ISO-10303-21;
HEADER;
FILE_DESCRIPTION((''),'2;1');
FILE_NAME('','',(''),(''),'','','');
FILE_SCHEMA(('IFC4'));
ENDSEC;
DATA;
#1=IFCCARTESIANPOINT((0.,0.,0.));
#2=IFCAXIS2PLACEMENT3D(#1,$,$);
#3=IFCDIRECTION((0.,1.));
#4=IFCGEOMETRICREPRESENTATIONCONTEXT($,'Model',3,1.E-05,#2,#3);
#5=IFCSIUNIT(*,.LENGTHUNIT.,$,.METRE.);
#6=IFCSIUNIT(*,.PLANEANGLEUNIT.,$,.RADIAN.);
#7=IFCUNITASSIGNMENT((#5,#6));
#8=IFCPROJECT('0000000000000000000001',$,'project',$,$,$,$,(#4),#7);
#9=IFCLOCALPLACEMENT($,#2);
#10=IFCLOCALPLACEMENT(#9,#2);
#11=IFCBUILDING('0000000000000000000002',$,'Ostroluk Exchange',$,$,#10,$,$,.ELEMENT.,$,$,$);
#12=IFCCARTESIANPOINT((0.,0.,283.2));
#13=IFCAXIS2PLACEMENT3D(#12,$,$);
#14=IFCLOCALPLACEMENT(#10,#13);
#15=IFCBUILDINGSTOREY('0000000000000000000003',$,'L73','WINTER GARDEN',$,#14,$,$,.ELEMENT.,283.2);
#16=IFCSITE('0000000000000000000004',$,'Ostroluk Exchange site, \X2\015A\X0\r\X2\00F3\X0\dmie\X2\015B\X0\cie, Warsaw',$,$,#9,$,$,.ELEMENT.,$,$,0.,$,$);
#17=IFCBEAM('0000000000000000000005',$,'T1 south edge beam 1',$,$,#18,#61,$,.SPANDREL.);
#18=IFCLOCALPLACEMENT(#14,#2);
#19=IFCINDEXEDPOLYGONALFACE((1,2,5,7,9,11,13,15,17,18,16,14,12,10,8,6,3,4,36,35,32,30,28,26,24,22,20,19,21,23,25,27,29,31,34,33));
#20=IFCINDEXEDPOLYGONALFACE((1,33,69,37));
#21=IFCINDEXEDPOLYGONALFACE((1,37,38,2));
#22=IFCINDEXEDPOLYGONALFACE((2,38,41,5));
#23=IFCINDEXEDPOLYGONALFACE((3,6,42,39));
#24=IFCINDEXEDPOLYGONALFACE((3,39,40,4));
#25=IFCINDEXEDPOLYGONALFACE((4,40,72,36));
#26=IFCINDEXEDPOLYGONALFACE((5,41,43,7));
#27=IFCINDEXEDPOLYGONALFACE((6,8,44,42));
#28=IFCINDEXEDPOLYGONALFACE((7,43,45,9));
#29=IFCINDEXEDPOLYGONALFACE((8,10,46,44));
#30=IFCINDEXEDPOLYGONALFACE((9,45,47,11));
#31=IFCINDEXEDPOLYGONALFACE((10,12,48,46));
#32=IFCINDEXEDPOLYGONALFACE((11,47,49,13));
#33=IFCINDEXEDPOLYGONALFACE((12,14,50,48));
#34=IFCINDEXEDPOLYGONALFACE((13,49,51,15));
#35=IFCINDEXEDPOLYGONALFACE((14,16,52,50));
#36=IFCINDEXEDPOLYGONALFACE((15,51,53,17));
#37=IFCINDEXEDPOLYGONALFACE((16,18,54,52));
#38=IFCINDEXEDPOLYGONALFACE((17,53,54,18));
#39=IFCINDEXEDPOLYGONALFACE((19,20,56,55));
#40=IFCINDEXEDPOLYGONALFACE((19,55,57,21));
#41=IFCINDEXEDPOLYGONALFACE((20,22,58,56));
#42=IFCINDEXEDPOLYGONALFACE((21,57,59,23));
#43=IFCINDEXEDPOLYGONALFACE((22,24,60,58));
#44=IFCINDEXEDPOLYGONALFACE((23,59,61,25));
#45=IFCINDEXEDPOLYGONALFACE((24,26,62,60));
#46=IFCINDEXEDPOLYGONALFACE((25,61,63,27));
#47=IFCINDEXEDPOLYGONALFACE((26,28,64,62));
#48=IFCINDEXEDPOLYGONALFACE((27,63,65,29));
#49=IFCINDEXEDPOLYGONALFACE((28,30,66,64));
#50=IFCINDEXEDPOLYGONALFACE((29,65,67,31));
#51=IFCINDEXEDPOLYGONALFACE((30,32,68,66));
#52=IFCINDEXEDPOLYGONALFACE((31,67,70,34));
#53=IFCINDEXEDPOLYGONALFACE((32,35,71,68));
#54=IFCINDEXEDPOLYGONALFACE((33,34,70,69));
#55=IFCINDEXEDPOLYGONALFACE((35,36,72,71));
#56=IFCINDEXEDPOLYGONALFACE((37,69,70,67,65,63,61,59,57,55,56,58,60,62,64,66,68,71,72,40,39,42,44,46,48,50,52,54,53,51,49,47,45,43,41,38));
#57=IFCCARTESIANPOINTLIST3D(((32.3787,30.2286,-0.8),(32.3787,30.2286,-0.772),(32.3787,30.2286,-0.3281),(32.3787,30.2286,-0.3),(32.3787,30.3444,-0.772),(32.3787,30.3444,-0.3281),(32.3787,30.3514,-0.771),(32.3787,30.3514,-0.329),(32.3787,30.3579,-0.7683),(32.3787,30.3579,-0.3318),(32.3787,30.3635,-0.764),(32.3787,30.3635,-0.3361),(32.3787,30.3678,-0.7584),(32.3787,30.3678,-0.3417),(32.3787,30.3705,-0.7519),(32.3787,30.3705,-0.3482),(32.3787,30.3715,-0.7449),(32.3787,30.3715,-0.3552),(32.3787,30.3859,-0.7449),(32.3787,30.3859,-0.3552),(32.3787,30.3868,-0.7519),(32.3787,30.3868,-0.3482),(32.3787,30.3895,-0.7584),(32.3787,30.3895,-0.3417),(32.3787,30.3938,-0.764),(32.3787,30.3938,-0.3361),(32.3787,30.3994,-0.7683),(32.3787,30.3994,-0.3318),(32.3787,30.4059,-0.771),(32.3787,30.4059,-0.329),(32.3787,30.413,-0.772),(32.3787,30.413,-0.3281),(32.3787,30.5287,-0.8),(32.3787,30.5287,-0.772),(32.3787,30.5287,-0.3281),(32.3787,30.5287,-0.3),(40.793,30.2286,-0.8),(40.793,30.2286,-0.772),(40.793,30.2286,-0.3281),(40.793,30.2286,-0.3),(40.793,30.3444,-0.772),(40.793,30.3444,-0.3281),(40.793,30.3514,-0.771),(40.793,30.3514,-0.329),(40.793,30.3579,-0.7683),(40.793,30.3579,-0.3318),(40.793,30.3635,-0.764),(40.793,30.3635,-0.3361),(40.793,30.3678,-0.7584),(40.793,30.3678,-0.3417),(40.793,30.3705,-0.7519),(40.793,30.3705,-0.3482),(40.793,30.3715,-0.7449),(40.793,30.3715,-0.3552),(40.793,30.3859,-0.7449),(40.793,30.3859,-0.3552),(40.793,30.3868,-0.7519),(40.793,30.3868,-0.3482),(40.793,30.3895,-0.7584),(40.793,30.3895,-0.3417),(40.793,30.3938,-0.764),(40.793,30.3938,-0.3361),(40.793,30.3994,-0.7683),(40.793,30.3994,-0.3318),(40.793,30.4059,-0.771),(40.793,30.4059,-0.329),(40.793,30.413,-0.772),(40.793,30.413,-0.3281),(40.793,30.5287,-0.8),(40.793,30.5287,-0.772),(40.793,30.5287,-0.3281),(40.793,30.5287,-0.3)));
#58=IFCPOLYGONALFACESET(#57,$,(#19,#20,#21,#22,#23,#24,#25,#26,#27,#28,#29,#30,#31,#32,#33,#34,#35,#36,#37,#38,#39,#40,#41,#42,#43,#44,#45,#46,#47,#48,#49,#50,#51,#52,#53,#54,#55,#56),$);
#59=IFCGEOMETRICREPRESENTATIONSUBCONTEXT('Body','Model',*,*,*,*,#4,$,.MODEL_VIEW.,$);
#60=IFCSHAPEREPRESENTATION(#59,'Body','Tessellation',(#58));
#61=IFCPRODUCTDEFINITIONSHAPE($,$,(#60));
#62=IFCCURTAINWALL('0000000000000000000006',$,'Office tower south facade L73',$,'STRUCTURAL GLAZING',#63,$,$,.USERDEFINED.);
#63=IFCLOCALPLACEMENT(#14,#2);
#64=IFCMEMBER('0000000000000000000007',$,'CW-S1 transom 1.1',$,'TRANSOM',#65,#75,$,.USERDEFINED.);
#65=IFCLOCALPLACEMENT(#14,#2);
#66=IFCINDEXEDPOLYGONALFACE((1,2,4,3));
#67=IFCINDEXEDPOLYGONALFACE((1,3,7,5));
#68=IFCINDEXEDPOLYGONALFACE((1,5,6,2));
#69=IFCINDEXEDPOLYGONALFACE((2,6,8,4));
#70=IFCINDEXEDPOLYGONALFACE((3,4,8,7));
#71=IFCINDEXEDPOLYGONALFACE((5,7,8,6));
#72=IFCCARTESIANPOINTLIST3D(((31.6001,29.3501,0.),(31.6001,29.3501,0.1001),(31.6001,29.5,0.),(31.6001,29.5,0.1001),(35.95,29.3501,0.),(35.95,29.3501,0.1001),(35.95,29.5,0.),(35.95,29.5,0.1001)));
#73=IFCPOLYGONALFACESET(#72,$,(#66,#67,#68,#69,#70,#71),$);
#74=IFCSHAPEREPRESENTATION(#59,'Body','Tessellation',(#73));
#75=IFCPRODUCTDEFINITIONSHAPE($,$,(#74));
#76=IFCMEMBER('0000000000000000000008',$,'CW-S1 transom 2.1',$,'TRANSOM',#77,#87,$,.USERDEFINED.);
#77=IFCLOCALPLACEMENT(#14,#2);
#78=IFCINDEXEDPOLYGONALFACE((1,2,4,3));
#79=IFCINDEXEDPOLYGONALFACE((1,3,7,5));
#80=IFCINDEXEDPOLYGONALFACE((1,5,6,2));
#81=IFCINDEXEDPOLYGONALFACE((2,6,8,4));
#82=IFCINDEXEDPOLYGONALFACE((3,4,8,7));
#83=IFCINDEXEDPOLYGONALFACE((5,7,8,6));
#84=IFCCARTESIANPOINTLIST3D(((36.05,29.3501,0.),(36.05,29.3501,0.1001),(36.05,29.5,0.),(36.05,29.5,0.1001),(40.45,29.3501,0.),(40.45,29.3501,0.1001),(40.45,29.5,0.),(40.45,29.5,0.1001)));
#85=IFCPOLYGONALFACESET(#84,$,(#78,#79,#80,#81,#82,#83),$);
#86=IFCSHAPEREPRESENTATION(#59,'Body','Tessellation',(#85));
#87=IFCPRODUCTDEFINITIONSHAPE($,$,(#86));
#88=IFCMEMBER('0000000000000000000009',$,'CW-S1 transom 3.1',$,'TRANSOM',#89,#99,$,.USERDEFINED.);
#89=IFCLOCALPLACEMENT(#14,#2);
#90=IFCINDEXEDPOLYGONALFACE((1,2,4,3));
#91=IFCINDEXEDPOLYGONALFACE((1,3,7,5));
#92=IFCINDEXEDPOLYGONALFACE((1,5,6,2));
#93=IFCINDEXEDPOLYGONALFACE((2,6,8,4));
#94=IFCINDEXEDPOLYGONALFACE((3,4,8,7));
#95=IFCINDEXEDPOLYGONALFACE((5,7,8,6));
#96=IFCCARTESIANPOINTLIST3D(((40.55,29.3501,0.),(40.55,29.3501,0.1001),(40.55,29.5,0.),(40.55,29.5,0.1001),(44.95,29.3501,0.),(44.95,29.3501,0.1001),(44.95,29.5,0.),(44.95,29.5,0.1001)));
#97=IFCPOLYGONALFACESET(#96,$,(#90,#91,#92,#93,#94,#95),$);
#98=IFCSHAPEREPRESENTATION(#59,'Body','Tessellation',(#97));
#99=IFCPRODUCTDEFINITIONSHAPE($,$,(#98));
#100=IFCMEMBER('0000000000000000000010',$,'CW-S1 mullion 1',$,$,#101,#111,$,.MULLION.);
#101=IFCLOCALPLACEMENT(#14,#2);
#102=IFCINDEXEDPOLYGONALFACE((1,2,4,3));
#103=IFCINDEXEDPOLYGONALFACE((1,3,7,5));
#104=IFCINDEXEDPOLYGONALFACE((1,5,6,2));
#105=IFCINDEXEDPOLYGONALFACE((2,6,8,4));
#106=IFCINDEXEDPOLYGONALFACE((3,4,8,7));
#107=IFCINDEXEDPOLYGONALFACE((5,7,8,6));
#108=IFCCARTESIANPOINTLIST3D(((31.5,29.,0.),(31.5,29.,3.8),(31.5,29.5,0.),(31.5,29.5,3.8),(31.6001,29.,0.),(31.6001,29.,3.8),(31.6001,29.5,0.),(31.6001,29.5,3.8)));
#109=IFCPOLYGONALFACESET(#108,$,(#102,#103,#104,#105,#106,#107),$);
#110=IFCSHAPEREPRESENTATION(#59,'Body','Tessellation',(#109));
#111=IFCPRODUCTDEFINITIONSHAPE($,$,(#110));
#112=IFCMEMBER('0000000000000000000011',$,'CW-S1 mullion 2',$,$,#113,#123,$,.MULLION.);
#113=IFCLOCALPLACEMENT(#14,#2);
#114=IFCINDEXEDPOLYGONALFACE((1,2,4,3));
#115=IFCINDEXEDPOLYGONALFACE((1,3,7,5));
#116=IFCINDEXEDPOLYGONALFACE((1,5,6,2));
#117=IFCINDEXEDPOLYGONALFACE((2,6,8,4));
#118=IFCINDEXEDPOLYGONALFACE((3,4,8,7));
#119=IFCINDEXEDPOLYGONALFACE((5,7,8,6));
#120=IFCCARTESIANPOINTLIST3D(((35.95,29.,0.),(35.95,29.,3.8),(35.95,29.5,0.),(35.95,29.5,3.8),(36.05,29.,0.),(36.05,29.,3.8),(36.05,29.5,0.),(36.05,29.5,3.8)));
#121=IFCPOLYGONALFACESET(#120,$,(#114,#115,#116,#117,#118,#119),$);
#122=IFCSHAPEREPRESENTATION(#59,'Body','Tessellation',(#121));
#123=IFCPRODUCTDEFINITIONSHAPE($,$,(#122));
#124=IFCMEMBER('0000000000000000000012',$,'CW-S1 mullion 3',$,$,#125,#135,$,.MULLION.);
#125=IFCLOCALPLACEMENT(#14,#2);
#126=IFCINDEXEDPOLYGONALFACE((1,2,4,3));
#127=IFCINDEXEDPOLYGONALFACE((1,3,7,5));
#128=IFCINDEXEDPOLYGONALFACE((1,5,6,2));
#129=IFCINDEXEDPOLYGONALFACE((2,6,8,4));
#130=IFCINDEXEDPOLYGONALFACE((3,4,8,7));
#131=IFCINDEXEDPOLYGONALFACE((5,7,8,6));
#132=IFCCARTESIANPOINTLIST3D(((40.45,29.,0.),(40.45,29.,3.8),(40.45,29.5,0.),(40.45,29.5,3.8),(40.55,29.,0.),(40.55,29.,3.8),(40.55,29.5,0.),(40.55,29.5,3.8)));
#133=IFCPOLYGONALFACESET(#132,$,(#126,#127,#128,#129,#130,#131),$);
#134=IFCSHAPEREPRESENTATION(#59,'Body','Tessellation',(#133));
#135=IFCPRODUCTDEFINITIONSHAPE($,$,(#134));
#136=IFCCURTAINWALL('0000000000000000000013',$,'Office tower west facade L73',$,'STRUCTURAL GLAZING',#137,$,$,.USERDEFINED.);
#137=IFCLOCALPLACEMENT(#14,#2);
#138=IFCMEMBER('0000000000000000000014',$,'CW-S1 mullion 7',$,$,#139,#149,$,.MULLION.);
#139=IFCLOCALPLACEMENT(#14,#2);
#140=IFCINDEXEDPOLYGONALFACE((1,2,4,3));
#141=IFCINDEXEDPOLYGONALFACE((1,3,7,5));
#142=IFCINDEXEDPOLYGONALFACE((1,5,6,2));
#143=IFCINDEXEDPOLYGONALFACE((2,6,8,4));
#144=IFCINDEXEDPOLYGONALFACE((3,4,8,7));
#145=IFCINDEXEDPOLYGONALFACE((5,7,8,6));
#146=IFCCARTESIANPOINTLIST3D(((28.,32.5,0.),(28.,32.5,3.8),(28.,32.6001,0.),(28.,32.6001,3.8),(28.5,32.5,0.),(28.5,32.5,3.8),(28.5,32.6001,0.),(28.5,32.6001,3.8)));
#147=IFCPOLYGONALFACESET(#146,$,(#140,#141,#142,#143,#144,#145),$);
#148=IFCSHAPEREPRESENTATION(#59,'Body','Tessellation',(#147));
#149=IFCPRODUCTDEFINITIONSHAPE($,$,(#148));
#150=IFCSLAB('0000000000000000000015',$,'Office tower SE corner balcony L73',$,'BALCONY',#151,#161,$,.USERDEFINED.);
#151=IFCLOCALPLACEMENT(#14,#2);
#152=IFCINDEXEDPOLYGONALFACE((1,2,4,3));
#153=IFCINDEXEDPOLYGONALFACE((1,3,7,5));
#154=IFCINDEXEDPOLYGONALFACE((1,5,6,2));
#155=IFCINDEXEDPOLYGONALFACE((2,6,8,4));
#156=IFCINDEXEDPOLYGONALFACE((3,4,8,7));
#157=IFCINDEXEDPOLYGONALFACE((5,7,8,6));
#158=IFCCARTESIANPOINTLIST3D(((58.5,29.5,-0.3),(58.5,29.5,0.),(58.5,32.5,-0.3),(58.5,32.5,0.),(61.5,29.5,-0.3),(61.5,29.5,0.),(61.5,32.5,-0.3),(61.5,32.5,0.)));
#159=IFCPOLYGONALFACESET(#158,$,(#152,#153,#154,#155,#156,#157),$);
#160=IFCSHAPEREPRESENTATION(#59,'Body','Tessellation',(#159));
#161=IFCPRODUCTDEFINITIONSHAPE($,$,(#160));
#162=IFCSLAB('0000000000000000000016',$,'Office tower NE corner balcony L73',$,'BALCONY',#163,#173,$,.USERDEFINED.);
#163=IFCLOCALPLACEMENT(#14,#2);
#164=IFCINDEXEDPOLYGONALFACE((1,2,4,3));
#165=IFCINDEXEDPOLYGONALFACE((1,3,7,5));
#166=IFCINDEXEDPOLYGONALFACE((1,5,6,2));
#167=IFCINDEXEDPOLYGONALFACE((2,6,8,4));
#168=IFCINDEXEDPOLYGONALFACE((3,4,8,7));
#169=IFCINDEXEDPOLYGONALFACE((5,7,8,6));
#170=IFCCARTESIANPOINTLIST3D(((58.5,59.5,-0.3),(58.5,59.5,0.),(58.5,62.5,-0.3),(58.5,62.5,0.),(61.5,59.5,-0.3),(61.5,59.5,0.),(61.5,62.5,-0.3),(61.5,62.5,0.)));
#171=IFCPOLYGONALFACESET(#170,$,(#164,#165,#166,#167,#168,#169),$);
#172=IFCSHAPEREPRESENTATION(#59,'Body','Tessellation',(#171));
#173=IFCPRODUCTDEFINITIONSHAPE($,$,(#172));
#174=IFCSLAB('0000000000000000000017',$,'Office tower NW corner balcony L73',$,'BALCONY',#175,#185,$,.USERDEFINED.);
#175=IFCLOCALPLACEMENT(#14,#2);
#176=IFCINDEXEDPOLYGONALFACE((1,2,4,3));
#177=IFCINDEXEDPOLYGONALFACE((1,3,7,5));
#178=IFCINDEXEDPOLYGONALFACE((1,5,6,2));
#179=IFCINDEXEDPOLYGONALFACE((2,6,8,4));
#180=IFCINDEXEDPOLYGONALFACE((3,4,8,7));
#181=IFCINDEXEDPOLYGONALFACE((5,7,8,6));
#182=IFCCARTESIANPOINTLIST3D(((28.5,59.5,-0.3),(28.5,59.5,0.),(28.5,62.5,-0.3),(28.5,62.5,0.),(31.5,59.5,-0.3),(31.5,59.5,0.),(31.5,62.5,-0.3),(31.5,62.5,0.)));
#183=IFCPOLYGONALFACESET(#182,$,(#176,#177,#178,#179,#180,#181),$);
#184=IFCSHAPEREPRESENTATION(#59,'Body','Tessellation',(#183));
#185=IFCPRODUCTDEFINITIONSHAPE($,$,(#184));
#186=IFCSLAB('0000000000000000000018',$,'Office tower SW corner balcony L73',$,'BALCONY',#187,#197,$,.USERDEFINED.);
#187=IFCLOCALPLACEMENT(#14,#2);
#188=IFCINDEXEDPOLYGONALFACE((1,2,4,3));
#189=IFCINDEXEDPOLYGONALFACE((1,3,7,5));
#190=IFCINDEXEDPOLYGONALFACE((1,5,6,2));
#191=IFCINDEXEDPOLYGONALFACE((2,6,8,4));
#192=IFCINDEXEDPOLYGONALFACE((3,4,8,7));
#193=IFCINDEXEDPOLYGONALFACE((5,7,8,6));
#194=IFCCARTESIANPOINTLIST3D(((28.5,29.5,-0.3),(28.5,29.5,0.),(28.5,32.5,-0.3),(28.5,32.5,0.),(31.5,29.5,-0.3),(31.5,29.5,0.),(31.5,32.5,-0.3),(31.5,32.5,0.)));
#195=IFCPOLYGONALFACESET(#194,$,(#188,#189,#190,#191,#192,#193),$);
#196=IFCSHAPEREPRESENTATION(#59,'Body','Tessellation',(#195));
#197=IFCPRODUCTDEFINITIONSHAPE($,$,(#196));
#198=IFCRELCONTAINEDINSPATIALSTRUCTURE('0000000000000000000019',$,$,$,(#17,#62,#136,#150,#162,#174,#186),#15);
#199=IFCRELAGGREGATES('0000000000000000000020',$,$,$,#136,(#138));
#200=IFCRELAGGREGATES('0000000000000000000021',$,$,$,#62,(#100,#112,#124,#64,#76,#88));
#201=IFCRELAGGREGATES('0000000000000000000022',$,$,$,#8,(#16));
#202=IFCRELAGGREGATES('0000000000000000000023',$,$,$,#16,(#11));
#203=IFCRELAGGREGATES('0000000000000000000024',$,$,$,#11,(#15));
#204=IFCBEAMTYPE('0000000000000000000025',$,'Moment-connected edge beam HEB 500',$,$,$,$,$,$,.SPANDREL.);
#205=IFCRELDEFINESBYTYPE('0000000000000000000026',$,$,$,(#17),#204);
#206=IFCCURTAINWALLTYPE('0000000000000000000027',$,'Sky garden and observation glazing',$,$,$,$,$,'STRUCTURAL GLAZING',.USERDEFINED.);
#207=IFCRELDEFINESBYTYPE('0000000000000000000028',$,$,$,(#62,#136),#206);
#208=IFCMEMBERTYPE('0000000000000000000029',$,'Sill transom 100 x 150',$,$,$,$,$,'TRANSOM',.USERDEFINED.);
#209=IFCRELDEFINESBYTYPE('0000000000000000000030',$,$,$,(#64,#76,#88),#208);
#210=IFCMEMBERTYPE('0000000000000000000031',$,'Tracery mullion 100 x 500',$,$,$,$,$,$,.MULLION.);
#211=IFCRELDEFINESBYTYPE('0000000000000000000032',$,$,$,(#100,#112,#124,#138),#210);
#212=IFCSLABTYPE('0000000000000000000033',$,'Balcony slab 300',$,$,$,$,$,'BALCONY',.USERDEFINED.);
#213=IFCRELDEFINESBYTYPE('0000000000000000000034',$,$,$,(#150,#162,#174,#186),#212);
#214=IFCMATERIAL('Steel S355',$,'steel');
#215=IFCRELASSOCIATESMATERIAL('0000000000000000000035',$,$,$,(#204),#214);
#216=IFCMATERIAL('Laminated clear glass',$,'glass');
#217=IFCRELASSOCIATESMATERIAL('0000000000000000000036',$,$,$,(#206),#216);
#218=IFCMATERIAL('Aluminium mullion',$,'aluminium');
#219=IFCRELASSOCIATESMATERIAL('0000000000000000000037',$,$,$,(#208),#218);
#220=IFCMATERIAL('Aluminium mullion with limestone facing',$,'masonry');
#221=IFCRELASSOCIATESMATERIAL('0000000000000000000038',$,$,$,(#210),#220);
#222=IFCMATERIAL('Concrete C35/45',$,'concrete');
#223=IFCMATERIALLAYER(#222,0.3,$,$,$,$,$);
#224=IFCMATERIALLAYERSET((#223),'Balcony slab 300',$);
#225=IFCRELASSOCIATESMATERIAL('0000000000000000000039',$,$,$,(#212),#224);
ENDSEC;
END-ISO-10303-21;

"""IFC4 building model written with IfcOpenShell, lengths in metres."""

from ifc_helpers import new_model, si_unit, direction, frame, origin, origin_2d, place, context, subcontext, project, spatial, polyline, rectangle, i_section, outline, extrude, material, layer, layer_set, material_profile, profile_set, type_object, element, aggregate, save


model = new_model("IFC4")

# Units and contexts
model_context = context("Model", 3, precision=1e-05, world=origin(), true_north=direction((0.0, 1.0)))
body_context = subcontext(model_context, "Body", "Model", "MODEL_VIEW")
ifc_project = project(units=[si_unit("LENGTHUNIT", "METRE"), si_unit("PLANEANGLEUNIT", "RADIAN")], contexts=[model_context])

# Site, building, storey
site_placement = place(None, origin())
site = spatial("IfcSite", under=ifc_project, at=site_placement, Name="Ostroluk Exchange site, Śródmieście, Warsaw", CompositionType="ELEMENT", RefElevation=0.0)
building_placement = place(site_placement, origin())
building = spatial("IfcBuilding", under=site, at=building_placement, Name="Ostroluk Exchange", CompositionType="ELEMENT")
storey_placement = place(building_placement, frame((0.0, 0.0, 283.2)))
storey = spatial("IfcBuildingStorey", under=building, at=storey_placement, Name="L73", Description="WINTER GARDEN", CompositionType="ELEMENT", Elevation=283.2)

# Beam
ifc_material_1 = material(Name="Steel S355", Category="steel")
ifc_material_profile_1 = material_profile(ifc_material_1, i_section(OverallWidth=0.3, OverallDepth=0.5, WebThickness=0.0144, FlangeThickness=0.0281, FilletRadius=0.0271, at=origin_2d()), Name="HEB 500")
ifc_profile_set_1 = profile_set([ifc_material_profile_1], Name="Steel S355")
beam_type_1 = type_object("IfcBeamType", Name="Moment-connected edge beam HEB 500", PredefinedType="SPANDREL", material=ifc_profile_set_1)
beam_1_placement = place(storey_placement, frame((32.3787, 30.3787, -0.55), z_axis=(1.0, 0.0, 0.0), x_axis=(0.0, 1.0, 0.0)))
element("IfcBeam", 1, at=beam_1_placement, inside=storey, type_object=beam_type_1, Name="T1 south edge beam 1", PredefinedType="SPANDREL", context=body_context, shape_type="SweptSolid", body=[
    extrude(i_section(OverallWidth=0.3, OverallDepth=0.5, WebThickness=0.0144, FlangeThickness=0.0281, FilletRadius=0.0271, at=origin_2d()), origin(), (0.0, 0.0, 1.0), 8.4143),
])

# Curtain wall, members
ifc_material_2 = material(Name="Laminated clear glass", Category="glass")
curtain_wall_type = type_object("IfcCurtainWallType", Name="Sky garden and observation glazing", ElementType="STRUCTURAL GLAZING", PredefinedType="USERDEFINED", material=ifc_material_2)
curtain_wall_1_placement = place(storey_placement, origin())
curtain_wall_1 = element("IfcCurtainWall", 2, at=curtain_wall_1_placement, inside=storey, type_object=curtain_wall_type, Name="Office tower south facade L73", ObjectType="STRUCTURAL GLAZING", PredefinedType="USERDEFINED")
ifc_material_3 = material(Name="Aluminium mullion", Category="aluminium")
ifc_material_profile_2 = material_profile(ifc_material_3, rectangle(XDim=0.1499, YDim=0.1001, at=origin_2d()), Name="Sill transom 100 x 150")
ifc_profile_set_2 = profile_set([ifc_material_profile_2], Name="Aluminium mullion")
member_type_1 = type_object("IfcMemberType", Name="Sill transom 100 x 150", ElementType="TRANSOM", PredefinedType="USERDEFINED", material=ifc_profile_set_2)
member_1_placement = place(storey_placement, frame((31.6001, 29.425, 0.05), z_axis=(1.0, 0.0, 0.0), x_axis=(0.0, 1.0, 0.0)))
member_1 = element("IfcMember", 3, at=member_1_placement, type_object=member_type_1, Name="CW-S1 transom 1.1", ObjectType="TRANSOM", PredefinedType="USERDEFINED", context=body_context, shape_type="SweptSolid", body=[
    extrude(rectangle(XDim=0.1499, YDim=0.1001, at=origin_2d()), origin(), (0.0, 0.0, 1.0), 4.3499),
])
member_2_placement = place(storey_placement, frame((36.05, 29.425, 0.05), z_axis=(1.0, 0.0, 0.0), x_axis=(0.0, 1.0, 0.0)))
member_2 = element("IfcMember", 4, at=member_2_placement, type_object=member_type_1, Name="CW-S1 transom 2.1", ObjectType="TRANSOM", PredefinedType="USERDEFINED", context=body_context, shape_type="SweptSolid", body=[
    extrude(rectangle(XDim=0.1499, YDim=0.1001, at=origin_2d()), origin(), (0.0, 0.0, 1.0), 4.3999),
])
member_3_placement = place(storey_placement, frame((40.55, 29.425, 0.05), z_axis=(1.0, 0.0, 0.0), x_axis=(0.0, 1.0, 0.0)))
member_3 = element("IfcMember", 5, at=member_3_placement, type_object=member_type_1, Name="CW-S1 transom 3.1", ObjectType="TRANSOM", PredefinedType="USERDEFINED", context=body_context, shape_type="SweptSolid", body=[
    extrude(rectangle(XDim=0.1499, YDim=0.1001, at=origin_2d()), origin(), (0.0, 0.0, 1.0), 4.3999),
])
ifc_material_4 = material(Name="Aluminium mullion with limestone facing", Category="masonry")
ifc_material_profile_3 = material_profile(ifc_material_4, rectangle(XDim=0.5, YDim=0.1001, at=origin_2d()), Name="Tracery mullion 100 x 500")
ifc_profile_set_3 = profile_set([ifc_material_profile_3], Name="Aluminium mullion with limestone facing")
member_type_2 = type_object("IfcMemberType", Name="Tracery mullion 100 x 500", PredefinedType="MULLION", material=ifc_profile_set_3)
member_4_placement = place(storey_placement, frame((31.55, 29.25, 0.0), z_axis=(0.0, 0.0, 1.0), x_axis=(0.0, 1.0, 0.0)))
member_4 = element("IfcMember", 6, at=member_4_placement, type_object=member_type_2, Name="CW-S1 mullion 1", PredefinedType="MULLION", context=body_context, shape_type="SweptSolid", body=[
    extrude(rectangle(XDim=0.5, YDim=0.1001, at=origin_2d()), origin(), (0.0, 0.0, 1.0), 3.8),
])
member_5_placement = place(storey_placement, frame((36.0, 29.25, 0.0), z_axis=(0.0, 0.0, 1.0), x_axis=(0.0, 1.0, 0.0)))
member_5 = element("IfcMember", 7, at=member_5_placement, type_object=member_type_2, Name="CW-S1 mullion 2", PredefinedType="MULLION", context=body_context, shape_type="SweptSolid", body=[
    extrude(rectangle(XDim=0.5, YDim=0.1001, at=origin_2d()), origin(), (0.0, 0.0, 1.0), 3.8),
])
member_6_placement = place(storey_placement, frame((40.5, 29.25, 0.0), z_axis=(0.0, 0.0, 1.0), x_axis=(0.0, 1.0, 0.0)))
member_6 = element("IfcMember", 8, at=member_6_placement, type_object=member_type_2, Name="CW-S1 mullion 3", PredefinedType="MULLION", context=body_context, shape_type="SweptSolid", body=[
    extrude(rectangle(XDim=0.5, YDim=0.1001, at=origin_2d()), origin(), (0.0, 0.0, 1.0), 3.8),
])

# Curtain wall, member
curtain_wall_2_placement = place(storey_placement, origin())
curtain_wall_2 = element("IfcCurtainWall", 9, at=curtain_wall_2_placement, inside=storey, type_object=curtain_wall_type, Name="Office tower west facade L73", ObjectType="STRUCTURAL GLAZING", PredefinedType="USERDEFINED")
member_7_placement = place(storey_placement, frame((28.25, 32.55, 0.0), z_axis=(0.0, 0.0, 1.0), x_axis=(1.0, 0.0, 0.0)))
member_7 = element("IfcMember", 10, at=member_7_placement, type_object=member_type_2, Name="CW-S1 mullion 7", PredefinedType="MULLION", context=body_context, shape_type="SweptSolid", body=[
    extrude(rectangle(XDim=0.5, YDim=0.1001, at=origin_2d()), origin(), (0.0, 0.0, 1.0), 3.8),
])
aggregate(curtain_wall_2, [member_7])

# Slabs
ifc_material_5 = material(Name="Concrete C35/45", Category="concrete")
ifc_layer_1 = layer(ifc_material_5, 0.3)
ifc_layer_set_1 = layer_set([ifc_layer_1], Name="Balcony slab 300")
slab_type_1 = type_object("IfcSlabType", Name="Balcony slab 300", ElementType="BALCONY", PredefinedType="USERDEFINED", material=ifc_layer_set_1)
slab_1_placement = place(storey_placement, frame((0.0, 0.0, -0.3)))
element("IfcSlab", 11, at=slab_1_placement, inside=storey, type_object=slab_type_1, Name="Office tower SE corner balcony L73", ObjectType="BALCONY", PredefinedType="USERDEFINED", context=body_context, shape_type="SweptSolid", body=[
    extrude(outline(polyline([(58.5, 29.5), (61.5, 29.5), (61.5, 32.5), (58.5, 32.5), (58.5, 29.5)])), origin(), (0.0, 0.0, 1.0), 0.3),
])
slab_2_placement = place(storey_placement, frame((0.0, 0.0, -0.3)))
element("IfcSlab", 12, at=slab_2_placement, inside=storey, type_object=slab_type_1, Name="Office tower NE corner balcony L73", ObjectType="BALCONY", PredefinedType="USERDEFINED", context=body_context, shape_type="SweptSolid", body=[
    extrude(outline(polyline([(58.5, 59.5), (61.5, 59.5), (61.5, 62.5), (58.5, 62.5), (58.5, 59.5)])), origin(), (0.0, 0.0, 1.0), 0.3),
])
slab_3_placement = place(storey_placement, frame((0.0, 0.0, -0.3)))
element("IfcSlab", 13, at=slab_3_placement, inside=storey, type_object=slab_type_1, Name="Office tower NW corner balcony L73", ObjectType="BALCONY", PredefinedType="USERDEFINED", context=body_context, shape_type="SweptSolid", body=[
    extrude(outline(polyline([(28.5, 59.5), (31.5, 59.5), (31.5, 62.5), (28.5, 62.5), (28.5, 59.5)])), origin(), (0.0, 0.0, 1.0), 0.3),
])
slab_4_placement = place(storey_placement, frame((0.0, 0.0, -0.3)))
element("IfcSlab", 14, at=slab_4_placement, inside=storey, type_object=slab_type_1, Name="Office tower SW corner balcony L73", ObjectType="BALCONY", PredefinedType="USERDEFINED", context=body_context, shape_type="SweptSolid", body=[
    extrude(outline(polyline([(28.5, 29.5), (31.5, 29.5), (31.5, 32.5), (28.5, 32.5), (28.5, 29.5)])), origin(), (0.0, 0.0, 1.0), 0.3),
])

aggregate(curtain_wall_1, [member_4, member_5, member_6, member_1, member_2, member_3])

save(model, "model.ifc")
